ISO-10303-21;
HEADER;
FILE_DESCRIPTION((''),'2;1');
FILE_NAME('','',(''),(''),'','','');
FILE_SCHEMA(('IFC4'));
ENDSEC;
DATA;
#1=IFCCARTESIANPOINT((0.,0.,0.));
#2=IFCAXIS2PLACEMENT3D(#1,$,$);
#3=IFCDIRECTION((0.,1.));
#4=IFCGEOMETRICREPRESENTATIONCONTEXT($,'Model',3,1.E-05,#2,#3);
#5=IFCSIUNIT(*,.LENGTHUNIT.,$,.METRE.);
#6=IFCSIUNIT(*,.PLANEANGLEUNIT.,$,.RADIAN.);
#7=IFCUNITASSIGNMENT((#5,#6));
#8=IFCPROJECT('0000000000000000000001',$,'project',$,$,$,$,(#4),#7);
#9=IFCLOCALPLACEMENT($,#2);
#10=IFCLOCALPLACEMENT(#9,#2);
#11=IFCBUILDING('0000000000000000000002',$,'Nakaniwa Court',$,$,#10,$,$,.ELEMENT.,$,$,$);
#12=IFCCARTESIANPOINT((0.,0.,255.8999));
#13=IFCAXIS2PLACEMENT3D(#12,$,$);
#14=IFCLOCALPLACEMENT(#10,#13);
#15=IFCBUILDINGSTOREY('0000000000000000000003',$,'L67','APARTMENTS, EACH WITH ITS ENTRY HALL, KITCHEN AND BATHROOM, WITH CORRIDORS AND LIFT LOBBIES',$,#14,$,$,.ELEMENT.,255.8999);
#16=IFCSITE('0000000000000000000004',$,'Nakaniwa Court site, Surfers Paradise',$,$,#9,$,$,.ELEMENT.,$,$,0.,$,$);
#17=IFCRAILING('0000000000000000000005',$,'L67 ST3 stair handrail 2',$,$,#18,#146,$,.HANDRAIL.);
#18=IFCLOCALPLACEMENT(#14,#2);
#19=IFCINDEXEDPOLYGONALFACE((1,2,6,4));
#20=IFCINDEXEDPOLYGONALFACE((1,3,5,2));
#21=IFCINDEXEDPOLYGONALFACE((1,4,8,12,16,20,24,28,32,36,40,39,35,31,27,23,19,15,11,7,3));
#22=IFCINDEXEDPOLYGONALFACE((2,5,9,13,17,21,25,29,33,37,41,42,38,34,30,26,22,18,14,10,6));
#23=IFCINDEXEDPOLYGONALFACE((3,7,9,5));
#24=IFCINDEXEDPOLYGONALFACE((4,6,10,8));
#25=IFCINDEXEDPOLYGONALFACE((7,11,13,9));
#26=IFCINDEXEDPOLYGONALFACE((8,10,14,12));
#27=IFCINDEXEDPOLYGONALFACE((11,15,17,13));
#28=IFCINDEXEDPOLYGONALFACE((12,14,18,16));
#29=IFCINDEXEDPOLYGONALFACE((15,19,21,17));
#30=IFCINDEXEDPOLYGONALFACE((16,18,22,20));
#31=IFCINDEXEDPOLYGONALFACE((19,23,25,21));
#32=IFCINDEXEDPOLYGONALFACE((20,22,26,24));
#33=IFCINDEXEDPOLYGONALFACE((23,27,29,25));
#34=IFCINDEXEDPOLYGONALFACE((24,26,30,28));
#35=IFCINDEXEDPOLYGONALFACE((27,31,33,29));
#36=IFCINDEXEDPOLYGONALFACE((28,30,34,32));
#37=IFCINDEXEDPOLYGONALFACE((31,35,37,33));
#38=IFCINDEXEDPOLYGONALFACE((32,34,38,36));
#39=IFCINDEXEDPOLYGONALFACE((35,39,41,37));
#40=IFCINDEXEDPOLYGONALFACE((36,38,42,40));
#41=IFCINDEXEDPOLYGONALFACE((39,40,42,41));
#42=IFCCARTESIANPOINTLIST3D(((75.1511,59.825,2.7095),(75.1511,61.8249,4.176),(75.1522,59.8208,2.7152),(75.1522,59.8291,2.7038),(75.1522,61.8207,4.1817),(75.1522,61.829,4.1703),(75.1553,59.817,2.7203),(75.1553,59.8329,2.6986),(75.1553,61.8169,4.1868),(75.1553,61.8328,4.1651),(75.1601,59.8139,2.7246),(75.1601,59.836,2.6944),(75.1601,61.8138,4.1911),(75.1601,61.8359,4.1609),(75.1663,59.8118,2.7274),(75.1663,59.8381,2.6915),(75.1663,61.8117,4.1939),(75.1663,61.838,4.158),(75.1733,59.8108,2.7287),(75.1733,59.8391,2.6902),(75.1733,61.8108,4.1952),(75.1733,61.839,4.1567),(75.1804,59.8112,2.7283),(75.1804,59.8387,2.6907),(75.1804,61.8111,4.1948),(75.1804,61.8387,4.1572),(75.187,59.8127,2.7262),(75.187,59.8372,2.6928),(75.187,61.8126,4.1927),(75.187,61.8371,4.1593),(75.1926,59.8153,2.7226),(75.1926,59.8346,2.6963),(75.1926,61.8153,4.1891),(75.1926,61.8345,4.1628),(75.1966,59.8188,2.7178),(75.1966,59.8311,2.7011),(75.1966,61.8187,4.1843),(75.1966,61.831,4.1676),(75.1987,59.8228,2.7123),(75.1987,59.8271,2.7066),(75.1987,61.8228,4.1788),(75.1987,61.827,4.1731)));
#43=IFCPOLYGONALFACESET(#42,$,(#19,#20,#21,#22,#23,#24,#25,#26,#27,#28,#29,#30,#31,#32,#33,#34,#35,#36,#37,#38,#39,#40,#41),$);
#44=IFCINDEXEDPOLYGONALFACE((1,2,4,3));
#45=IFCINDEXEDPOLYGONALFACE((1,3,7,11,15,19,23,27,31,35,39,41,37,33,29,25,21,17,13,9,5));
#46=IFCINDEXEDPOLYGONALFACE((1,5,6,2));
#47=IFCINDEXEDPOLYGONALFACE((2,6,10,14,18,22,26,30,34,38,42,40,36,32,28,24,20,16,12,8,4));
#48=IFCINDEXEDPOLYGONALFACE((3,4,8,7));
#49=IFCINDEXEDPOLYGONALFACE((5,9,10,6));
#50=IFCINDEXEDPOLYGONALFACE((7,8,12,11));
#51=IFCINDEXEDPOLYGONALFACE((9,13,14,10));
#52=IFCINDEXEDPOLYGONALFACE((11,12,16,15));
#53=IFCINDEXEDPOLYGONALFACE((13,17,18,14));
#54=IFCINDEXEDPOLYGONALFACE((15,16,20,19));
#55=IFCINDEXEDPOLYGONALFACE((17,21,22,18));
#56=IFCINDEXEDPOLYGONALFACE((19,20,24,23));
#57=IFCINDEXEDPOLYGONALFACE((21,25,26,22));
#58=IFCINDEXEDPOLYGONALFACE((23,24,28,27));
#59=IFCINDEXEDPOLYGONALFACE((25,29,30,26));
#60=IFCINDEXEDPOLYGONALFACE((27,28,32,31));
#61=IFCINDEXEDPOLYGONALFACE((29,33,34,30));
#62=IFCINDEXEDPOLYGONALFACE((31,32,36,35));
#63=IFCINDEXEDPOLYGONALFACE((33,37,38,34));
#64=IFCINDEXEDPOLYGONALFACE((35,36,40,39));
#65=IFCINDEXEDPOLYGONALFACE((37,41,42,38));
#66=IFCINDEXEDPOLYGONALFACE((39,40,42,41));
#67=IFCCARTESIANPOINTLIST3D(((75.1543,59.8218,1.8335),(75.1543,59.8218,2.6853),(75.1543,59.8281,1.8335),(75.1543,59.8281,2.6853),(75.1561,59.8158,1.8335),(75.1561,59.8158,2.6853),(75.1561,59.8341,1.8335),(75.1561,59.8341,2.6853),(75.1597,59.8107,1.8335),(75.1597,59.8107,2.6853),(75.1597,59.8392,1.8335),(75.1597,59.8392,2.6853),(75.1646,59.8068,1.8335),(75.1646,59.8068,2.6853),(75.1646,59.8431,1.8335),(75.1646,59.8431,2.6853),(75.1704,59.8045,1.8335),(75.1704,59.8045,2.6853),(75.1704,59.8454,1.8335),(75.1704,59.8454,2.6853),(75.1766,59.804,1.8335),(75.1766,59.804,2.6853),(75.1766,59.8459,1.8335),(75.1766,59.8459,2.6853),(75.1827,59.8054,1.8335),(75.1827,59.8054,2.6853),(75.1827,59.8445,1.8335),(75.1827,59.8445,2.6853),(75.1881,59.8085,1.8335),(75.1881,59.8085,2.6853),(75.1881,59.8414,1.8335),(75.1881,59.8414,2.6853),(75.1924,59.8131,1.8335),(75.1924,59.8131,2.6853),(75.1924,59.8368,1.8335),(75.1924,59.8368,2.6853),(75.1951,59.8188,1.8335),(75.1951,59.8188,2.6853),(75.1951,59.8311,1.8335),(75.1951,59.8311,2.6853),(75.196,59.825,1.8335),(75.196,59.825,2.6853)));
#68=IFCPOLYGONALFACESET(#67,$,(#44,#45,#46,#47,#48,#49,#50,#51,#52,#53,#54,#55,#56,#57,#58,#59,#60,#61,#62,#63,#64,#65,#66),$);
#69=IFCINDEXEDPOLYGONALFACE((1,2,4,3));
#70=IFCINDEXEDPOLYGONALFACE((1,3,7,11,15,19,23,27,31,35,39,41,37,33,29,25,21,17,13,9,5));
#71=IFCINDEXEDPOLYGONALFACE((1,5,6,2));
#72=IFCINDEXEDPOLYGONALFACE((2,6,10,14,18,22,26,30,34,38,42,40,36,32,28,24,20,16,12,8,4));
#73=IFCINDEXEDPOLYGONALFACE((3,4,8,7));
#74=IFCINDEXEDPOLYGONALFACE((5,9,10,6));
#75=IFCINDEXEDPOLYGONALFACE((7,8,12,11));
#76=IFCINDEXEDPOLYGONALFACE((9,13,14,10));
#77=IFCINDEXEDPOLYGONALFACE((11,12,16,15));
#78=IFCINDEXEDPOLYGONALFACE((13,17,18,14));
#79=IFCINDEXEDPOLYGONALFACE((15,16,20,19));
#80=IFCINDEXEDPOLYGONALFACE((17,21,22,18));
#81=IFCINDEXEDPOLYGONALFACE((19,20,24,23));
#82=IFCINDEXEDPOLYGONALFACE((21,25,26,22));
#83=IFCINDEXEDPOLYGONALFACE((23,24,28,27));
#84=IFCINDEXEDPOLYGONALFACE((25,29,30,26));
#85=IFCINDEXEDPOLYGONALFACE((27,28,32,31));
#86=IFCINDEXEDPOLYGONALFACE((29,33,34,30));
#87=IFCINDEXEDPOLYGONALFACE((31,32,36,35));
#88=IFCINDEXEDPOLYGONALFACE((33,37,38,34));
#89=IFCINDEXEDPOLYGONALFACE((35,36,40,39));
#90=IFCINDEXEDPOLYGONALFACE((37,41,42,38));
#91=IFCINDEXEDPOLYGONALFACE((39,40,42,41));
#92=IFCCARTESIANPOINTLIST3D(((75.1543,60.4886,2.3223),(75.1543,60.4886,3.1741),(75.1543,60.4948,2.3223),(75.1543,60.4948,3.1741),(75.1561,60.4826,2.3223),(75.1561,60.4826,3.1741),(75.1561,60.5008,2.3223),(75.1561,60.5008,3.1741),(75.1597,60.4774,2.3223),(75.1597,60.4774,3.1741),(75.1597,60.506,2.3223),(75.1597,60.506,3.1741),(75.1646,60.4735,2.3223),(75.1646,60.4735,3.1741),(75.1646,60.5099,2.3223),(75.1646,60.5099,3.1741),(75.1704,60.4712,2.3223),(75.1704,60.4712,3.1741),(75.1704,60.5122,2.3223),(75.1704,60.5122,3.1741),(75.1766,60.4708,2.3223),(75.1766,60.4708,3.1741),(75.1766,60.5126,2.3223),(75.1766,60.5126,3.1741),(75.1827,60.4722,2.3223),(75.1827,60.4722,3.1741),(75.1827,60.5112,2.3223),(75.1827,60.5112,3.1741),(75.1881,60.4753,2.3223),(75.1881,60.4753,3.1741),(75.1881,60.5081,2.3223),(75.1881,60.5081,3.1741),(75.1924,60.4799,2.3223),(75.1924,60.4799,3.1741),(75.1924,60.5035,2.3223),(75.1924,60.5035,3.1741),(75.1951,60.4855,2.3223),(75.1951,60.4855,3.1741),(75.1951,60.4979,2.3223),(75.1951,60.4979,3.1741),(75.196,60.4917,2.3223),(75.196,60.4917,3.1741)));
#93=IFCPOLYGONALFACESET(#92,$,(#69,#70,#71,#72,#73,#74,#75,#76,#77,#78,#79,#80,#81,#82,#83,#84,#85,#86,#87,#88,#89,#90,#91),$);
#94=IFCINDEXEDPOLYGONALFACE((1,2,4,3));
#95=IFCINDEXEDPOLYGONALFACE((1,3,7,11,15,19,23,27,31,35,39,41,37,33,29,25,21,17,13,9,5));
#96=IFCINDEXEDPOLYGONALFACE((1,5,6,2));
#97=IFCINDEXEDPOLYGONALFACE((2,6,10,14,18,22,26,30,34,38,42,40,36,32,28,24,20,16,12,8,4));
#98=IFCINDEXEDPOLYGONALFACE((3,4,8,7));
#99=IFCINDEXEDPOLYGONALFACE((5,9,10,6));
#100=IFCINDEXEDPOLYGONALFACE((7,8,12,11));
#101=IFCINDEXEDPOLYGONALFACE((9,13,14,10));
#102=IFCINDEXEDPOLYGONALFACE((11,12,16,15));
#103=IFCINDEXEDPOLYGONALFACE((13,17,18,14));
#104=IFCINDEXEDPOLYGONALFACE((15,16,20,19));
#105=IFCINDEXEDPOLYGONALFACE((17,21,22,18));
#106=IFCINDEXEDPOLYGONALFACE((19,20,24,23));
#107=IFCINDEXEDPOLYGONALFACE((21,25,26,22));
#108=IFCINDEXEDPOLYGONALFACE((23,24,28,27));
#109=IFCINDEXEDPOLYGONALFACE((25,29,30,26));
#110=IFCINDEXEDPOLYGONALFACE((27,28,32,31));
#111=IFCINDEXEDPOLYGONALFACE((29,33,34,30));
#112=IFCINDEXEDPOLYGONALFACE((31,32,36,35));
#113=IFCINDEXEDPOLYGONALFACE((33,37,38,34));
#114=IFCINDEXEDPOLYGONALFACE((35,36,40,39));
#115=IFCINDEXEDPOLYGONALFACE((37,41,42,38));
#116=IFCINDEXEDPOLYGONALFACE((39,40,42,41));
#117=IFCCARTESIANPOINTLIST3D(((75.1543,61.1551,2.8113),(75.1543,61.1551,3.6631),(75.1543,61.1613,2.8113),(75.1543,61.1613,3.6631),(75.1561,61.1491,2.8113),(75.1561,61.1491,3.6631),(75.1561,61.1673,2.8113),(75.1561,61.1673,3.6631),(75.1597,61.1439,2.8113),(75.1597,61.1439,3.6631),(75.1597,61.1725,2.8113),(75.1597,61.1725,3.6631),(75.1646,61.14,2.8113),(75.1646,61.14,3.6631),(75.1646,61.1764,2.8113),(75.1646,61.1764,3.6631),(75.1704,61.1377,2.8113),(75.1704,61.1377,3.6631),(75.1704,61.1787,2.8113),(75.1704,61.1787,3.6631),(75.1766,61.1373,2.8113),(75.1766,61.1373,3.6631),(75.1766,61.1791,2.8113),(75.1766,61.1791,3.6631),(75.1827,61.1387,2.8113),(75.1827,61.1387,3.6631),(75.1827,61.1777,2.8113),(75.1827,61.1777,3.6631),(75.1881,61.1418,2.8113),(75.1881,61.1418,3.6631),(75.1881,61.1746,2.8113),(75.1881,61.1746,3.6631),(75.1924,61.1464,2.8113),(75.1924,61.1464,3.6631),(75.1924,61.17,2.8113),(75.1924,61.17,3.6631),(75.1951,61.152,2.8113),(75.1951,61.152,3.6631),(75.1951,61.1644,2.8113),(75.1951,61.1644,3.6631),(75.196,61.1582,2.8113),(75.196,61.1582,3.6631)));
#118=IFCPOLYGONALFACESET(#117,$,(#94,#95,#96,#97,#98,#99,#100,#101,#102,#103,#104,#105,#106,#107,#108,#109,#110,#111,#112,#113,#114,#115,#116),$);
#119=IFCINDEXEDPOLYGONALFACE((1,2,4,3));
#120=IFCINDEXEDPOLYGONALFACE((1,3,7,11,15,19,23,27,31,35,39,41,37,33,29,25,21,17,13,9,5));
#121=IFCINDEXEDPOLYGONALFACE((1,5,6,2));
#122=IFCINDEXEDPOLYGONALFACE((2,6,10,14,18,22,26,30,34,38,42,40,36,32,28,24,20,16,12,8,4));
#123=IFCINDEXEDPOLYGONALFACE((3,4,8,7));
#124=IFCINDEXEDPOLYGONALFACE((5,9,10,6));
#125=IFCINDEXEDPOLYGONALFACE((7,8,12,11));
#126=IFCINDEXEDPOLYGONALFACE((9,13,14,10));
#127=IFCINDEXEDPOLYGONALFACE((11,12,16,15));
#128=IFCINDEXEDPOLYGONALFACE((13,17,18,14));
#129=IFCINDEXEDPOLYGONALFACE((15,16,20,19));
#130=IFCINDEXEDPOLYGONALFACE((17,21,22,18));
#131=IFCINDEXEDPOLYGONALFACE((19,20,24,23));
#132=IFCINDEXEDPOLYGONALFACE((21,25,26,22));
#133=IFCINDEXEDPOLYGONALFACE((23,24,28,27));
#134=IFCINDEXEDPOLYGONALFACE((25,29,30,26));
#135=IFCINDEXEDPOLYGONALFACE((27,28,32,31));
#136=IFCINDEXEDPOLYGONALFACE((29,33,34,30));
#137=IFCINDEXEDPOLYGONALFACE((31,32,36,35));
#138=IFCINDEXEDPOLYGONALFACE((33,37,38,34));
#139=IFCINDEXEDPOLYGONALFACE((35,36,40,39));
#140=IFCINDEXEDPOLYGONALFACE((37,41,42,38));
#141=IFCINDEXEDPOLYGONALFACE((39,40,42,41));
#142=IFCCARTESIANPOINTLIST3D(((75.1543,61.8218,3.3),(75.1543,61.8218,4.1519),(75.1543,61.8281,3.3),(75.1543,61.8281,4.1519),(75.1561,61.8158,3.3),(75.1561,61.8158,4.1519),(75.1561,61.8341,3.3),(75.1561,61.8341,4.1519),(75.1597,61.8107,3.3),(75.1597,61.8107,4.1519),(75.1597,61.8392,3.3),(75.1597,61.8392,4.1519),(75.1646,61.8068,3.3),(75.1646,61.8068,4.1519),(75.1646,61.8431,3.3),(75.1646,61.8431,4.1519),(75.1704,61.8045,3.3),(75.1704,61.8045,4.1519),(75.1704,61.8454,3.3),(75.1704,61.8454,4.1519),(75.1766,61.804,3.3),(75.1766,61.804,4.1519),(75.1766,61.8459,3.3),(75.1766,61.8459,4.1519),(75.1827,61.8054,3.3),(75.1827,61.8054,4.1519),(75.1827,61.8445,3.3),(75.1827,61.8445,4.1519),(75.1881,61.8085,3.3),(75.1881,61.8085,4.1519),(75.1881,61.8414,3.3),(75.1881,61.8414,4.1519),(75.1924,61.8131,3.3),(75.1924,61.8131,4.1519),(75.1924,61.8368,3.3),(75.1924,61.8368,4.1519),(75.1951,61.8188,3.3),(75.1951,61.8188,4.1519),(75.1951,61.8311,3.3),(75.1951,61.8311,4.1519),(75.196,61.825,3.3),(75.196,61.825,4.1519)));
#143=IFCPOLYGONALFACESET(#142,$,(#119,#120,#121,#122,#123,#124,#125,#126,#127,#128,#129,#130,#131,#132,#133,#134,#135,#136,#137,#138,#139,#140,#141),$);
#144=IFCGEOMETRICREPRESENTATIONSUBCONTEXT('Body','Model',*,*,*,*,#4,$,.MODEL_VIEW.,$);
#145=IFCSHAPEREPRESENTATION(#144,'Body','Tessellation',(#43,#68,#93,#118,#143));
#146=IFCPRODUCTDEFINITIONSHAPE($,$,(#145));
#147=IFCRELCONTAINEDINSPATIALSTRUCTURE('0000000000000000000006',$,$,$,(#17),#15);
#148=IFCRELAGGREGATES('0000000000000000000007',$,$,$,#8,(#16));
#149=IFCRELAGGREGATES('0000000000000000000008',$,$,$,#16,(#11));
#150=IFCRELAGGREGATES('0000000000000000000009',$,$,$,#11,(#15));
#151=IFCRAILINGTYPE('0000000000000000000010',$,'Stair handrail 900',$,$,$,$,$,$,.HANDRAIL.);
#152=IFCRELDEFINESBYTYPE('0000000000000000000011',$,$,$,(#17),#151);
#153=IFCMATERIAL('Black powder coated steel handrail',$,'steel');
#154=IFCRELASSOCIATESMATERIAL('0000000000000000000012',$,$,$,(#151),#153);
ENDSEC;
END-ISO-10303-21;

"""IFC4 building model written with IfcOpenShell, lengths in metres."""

from ifc_helpers import new_model, si_unit, direction, frame, origin, origin_2d, place, context, subcontext, project, spatial, circle, extrude, material, type_object, element, save


model = new_model("IFC4")

# Units and contexts
model_context = context("Model", 3, precision=1e-05, world=origin(), true_north=direction((0.0, 1.0)))
body_context = subcontext(model_context, "Body", "Model", "MODEL_VIEW")
ifc_project = project(units=[si_unit("LENGTHUNIT", "METRE"), si_unit("PLANEANGLEUNIT", "RADIAN")], contexts=[model_context])

# Site, building, storey
site_placement = place(None, origin())
site = spatial("IfcSite", under=ifc_project, at=site_placement, Name="Nakaniwa Court site, Surfers Paradise", CompositionType="ELEMENT", RefElevation=0.0)
building_placement = place(site_placement, origin())
building = spatial("IfcBuilding", under=site, at=building_placement, Name="Nakaniwa Court", CompositionType="ELEMENT")
storey_placement = place(building_placement, frame((0.0, 0.0, 255.8999)))
storey = spatial("IfcBuildingStorey", under=building, at=storey_placement, Name="L67", Description="APARTMENTS, EACH WITH ITS ENTRY HALL, KITCHEN AND BATHROOM, WITH CORRIDORS AND LIFT LOBBIES", CompositionType="ELEMENT", Elevation=255.8999)

# Railing
ifc_material_1 = material(Name="Black powder coated steel handrail", Category="steel")
railing_type_1 = type_object("IfcRailingType", Name="Stair handrail 900", PredefinedType="HANDRAIL", material=ifc_material_1)
railing_1_placement = place(storey_placement, frame((75.175, 59.825, 1.8335)))
element("IfcRailing", 1, at=railing_1_placement, inside=storey, type_object=railing_type_1, Name="L67 ST3 stair handrail 2", PredefinedType="HANDRAIL", context=body_context, shape_type="SweptSolid", body=[
    extrude(circle(Radius=0.0239, at=origin_2d()), frame((0.0, 0.0, 0.876), z_axis=(0.0, 0.806427, 0.591334), x_axis=(-1.0, 0.0, 0.0)), (0.0, 0.0, 1.0), 2.48),
    extrude(circle(Radius=0.021, at=origin_2d()), origin(), (0.0, 0.0, 1.0), 0.8518),
    extrude(circle(Radius=0.021, at=origin_2d()), frame((0.0, 0.6667, 0.4888)), (0.0, 0.0, 1.0), 0.8518),
    extrude(circle(Radius=0.021, at=origin_2d()), frame((0.0, 1.3333, 0.9778)), (0.0, 0.0, 1.0), 0.8518),
    extrude(circle(Radius=0.021, at=origin_2d()), frame((0.0, 2.0, 1.4666)), (0.0, 0.0, 1.0), 0.8518),
])

save(model, "model.ifc")
